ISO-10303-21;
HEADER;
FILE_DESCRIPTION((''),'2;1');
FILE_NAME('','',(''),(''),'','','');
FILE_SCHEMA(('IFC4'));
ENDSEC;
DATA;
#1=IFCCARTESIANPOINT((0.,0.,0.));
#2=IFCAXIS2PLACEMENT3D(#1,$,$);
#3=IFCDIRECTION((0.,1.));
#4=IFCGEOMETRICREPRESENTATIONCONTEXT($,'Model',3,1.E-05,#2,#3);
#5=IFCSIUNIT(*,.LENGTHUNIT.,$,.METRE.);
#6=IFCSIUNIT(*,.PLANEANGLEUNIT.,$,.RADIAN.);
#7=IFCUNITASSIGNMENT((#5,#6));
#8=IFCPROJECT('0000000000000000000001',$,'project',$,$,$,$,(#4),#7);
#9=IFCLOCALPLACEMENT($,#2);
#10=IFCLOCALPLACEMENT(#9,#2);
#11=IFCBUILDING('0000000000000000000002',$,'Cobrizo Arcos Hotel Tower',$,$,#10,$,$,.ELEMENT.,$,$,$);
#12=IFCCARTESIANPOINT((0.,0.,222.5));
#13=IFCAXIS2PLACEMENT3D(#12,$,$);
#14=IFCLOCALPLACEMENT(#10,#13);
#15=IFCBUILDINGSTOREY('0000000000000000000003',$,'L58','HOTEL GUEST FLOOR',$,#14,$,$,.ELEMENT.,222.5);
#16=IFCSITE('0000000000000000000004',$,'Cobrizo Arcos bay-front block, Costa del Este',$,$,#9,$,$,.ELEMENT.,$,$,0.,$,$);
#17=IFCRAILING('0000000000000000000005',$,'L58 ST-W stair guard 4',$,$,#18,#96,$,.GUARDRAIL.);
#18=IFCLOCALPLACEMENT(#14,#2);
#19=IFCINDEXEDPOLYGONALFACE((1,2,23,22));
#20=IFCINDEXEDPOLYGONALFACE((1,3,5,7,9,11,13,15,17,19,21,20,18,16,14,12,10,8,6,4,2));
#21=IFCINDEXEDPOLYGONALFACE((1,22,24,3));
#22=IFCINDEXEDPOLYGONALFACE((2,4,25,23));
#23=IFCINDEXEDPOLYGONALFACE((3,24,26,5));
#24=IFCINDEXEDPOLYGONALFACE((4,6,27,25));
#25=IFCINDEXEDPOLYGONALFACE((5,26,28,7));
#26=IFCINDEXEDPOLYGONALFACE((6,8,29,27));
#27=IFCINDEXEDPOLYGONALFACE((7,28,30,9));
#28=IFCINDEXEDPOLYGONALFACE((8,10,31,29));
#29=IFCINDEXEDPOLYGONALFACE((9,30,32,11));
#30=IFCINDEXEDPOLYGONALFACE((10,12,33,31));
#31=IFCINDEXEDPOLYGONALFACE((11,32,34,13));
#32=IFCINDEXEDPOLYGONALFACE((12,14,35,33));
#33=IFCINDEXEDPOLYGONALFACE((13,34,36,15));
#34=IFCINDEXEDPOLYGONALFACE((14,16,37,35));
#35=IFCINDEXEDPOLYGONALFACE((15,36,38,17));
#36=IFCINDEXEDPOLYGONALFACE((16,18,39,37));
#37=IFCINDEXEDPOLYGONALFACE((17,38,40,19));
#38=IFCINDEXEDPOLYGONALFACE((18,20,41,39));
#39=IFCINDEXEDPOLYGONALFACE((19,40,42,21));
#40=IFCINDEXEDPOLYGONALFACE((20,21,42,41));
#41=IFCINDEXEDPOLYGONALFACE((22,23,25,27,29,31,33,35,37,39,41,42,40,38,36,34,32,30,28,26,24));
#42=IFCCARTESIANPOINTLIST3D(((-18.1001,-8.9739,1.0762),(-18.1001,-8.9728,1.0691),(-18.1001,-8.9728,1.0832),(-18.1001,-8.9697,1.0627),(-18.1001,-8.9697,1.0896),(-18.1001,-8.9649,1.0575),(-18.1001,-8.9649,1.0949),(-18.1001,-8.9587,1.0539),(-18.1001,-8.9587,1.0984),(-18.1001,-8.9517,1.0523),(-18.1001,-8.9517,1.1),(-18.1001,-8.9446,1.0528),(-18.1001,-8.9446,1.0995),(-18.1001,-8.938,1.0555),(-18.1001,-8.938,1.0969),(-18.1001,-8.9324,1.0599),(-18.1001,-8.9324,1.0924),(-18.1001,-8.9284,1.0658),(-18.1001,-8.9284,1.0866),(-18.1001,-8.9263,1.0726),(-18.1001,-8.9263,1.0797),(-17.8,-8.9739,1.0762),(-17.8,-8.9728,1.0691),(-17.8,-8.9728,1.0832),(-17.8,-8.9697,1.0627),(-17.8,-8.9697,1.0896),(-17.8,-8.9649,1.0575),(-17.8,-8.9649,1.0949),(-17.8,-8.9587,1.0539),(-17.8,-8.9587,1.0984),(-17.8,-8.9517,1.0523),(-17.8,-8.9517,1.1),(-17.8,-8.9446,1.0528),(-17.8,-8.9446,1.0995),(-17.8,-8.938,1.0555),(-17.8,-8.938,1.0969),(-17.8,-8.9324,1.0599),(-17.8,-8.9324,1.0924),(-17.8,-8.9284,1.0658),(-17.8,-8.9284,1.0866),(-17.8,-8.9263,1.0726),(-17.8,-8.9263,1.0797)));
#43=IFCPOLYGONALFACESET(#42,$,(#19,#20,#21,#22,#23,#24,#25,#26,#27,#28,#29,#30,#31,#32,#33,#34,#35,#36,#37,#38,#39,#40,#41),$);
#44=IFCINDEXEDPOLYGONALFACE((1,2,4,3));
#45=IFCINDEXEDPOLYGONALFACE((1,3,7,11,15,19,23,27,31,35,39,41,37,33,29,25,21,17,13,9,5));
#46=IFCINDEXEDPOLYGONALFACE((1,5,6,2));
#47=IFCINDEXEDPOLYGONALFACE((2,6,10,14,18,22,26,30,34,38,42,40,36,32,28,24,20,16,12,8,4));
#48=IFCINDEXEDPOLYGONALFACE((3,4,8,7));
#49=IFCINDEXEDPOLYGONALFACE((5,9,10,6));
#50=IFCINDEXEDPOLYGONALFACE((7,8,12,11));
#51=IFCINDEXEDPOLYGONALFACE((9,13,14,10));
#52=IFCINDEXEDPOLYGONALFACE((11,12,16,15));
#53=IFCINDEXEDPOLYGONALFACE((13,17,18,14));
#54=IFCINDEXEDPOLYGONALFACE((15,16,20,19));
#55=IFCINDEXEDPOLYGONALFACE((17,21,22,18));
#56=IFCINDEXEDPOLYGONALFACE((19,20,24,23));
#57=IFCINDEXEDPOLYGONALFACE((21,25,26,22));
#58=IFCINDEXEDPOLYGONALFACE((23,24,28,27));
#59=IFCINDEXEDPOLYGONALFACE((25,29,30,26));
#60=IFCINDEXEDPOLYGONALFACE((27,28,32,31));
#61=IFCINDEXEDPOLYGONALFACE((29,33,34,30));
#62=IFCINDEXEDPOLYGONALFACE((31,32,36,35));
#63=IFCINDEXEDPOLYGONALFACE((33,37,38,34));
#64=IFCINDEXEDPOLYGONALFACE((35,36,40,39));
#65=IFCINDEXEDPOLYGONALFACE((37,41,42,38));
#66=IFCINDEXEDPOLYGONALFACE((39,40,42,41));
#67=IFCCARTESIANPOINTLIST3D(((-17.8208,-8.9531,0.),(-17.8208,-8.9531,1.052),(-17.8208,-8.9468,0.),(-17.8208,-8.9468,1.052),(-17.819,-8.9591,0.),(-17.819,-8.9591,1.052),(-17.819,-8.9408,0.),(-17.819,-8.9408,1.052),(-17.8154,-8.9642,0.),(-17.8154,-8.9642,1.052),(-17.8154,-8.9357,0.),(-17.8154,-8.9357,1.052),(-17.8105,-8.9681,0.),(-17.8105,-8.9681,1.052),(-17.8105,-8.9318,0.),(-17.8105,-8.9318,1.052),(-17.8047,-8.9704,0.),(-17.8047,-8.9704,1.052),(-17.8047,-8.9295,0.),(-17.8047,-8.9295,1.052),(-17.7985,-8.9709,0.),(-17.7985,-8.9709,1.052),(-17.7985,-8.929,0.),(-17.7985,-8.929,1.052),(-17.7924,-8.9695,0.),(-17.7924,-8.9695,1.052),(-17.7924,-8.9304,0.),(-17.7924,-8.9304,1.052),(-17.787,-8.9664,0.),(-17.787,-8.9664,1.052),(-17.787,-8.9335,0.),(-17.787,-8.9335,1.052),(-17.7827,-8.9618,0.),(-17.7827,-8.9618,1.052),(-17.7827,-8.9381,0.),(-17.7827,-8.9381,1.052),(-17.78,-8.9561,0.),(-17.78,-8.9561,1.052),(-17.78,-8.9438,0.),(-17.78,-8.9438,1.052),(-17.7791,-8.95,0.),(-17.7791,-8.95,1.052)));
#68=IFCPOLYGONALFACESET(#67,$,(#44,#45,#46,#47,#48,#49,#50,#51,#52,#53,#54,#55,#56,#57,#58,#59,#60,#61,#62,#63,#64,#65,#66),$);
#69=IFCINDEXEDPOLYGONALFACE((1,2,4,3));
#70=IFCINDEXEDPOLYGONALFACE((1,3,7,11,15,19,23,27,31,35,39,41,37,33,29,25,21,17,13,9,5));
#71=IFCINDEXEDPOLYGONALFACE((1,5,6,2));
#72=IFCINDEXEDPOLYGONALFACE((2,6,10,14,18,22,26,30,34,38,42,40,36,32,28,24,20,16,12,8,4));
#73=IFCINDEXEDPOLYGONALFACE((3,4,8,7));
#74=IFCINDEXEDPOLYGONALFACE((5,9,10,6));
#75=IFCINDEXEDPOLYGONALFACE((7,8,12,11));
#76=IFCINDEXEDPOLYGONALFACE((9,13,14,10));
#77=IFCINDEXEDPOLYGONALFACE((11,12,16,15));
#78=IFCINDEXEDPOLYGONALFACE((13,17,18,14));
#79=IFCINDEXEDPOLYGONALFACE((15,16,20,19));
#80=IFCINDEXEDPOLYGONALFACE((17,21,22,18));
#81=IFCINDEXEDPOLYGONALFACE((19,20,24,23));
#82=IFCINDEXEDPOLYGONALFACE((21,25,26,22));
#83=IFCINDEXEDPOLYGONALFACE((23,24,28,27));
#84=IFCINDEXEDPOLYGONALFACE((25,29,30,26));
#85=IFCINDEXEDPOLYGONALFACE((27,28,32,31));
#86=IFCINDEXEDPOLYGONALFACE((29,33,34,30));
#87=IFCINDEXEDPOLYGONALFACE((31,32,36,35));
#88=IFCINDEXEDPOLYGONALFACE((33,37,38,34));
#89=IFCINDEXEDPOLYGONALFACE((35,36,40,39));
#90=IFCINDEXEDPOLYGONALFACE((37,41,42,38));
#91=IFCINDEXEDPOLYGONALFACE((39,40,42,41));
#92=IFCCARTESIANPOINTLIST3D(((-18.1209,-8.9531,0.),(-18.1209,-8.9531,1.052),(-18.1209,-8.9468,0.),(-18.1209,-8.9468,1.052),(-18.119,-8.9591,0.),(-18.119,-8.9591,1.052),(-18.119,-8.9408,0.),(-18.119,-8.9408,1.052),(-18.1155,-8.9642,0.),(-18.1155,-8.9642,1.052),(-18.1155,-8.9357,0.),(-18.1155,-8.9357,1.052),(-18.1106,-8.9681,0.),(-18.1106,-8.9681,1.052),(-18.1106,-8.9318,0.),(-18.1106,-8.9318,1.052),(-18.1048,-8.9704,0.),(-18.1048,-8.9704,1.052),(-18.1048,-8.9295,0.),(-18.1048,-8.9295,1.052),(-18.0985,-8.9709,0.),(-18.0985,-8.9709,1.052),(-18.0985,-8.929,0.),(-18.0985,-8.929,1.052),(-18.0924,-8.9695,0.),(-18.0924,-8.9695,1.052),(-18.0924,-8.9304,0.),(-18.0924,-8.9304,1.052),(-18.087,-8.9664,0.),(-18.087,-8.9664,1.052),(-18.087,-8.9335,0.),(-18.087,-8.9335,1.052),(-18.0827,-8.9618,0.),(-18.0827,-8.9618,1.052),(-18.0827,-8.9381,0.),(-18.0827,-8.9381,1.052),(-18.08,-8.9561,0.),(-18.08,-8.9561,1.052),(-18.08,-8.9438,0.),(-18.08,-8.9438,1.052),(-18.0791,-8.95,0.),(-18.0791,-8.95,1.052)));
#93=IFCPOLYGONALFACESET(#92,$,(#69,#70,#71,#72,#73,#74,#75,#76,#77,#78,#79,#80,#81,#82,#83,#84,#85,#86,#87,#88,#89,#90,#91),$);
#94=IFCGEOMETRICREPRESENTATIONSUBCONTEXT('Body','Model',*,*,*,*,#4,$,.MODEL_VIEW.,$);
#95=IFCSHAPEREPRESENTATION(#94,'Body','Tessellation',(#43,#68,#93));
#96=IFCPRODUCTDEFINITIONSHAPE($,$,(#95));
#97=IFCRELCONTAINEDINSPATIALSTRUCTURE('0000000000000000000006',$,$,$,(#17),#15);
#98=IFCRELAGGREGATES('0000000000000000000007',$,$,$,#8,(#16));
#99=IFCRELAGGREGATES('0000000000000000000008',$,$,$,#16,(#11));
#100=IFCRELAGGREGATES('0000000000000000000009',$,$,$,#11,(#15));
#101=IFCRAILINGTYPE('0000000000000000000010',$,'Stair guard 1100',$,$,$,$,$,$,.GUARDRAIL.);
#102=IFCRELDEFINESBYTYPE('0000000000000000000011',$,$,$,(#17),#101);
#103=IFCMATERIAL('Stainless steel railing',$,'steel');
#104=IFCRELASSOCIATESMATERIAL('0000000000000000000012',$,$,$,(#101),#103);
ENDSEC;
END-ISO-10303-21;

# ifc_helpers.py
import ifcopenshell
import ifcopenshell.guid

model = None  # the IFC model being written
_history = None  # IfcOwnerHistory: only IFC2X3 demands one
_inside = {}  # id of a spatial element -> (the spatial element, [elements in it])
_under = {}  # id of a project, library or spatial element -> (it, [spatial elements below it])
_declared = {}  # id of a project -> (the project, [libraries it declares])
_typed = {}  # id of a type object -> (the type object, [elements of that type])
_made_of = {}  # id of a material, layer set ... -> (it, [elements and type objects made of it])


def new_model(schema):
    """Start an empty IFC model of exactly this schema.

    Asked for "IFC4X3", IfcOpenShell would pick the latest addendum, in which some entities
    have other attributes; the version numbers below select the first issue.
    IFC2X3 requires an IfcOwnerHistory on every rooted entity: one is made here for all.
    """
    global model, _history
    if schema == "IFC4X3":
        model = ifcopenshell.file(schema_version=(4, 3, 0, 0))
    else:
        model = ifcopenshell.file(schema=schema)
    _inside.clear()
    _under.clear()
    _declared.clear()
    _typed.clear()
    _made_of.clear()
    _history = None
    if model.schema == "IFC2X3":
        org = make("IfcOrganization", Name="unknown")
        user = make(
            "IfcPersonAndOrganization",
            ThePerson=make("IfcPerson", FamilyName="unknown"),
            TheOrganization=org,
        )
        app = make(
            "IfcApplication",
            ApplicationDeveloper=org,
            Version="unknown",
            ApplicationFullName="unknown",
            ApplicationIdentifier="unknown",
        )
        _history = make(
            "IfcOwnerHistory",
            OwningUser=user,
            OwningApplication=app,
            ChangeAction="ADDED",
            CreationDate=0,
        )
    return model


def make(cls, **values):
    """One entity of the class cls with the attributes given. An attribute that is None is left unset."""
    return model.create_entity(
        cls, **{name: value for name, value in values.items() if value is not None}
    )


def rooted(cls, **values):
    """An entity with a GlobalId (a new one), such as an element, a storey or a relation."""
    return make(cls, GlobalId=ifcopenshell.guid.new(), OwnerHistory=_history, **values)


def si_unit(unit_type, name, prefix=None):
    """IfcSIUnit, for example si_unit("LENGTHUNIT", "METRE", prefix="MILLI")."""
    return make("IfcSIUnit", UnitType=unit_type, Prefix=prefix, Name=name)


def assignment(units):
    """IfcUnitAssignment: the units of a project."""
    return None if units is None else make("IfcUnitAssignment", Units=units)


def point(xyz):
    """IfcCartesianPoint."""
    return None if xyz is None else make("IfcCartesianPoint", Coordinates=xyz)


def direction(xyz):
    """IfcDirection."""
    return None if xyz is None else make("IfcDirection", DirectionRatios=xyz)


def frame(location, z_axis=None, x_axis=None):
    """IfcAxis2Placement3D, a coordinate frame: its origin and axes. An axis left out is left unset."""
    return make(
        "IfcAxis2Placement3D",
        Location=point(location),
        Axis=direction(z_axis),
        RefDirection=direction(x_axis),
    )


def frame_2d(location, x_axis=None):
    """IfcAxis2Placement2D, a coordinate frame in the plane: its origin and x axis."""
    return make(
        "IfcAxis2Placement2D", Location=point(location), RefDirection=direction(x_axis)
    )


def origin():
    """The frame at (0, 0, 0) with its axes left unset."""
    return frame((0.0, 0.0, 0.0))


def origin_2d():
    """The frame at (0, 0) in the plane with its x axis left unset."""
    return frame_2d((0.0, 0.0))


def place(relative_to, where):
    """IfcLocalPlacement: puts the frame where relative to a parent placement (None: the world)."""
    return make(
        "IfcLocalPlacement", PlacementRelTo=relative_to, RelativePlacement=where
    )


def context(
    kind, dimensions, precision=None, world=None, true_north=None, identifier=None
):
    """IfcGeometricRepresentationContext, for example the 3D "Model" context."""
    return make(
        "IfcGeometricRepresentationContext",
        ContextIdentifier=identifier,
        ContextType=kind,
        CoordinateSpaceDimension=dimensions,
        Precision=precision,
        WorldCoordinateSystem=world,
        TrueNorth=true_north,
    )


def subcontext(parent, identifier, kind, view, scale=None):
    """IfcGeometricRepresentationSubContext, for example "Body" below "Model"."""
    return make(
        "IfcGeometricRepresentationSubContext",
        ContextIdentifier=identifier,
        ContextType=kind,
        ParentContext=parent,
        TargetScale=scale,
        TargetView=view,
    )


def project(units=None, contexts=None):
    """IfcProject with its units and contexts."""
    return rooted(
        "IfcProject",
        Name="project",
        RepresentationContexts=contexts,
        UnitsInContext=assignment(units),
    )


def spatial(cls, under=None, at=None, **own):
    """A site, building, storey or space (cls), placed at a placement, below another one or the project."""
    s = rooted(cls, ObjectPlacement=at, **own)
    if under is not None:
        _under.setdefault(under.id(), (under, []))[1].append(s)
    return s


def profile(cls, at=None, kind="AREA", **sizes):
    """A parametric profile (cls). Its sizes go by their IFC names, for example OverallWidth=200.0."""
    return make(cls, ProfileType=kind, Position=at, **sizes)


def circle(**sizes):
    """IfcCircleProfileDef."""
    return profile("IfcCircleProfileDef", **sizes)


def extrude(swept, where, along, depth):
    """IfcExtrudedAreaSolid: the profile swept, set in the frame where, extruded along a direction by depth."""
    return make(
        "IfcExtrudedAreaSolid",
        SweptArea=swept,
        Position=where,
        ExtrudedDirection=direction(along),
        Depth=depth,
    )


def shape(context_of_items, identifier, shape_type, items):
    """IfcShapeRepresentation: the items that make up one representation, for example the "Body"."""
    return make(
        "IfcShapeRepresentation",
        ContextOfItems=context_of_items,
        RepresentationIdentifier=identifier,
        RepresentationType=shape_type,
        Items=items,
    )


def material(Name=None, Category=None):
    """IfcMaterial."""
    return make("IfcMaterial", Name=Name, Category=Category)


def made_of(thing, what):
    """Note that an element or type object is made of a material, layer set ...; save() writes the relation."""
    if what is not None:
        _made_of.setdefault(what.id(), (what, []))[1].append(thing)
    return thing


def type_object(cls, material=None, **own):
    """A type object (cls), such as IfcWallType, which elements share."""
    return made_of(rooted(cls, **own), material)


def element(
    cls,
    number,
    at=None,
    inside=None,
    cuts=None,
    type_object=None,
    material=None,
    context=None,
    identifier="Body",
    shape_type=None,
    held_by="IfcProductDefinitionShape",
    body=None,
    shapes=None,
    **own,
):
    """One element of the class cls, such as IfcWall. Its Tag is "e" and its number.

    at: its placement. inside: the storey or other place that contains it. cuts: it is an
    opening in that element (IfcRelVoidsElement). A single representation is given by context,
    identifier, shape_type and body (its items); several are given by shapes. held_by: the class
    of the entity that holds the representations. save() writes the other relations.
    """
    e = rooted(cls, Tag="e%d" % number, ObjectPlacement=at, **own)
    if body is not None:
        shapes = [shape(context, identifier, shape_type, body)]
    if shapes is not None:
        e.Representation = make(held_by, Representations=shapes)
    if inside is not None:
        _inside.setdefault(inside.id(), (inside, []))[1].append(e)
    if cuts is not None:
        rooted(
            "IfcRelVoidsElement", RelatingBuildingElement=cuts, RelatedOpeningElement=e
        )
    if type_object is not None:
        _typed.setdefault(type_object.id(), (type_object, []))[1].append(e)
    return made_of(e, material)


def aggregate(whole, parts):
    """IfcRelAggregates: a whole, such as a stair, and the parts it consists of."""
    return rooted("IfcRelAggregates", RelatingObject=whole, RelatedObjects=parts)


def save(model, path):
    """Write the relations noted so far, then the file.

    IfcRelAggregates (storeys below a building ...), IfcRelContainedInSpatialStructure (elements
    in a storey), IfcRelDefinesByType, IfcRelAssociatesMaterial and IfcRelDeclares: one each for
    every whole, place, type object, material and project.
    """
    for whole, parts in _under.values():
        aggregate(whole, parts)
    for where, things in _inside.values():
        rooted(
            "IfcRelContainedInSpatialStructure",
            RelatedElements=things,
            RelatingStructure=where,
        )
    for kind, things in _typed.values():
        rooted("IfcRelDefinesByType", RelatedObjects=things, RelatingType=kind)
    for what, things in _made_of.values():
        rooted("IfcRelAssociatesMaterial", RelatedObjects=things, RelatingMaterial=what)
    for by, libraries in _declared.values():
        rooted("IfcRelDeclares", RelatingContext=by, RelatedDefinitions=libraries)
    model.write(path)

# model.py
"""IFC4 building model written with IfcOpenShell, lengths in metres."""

from ifc_helpers import new_model, si_unit, direction, frame, origin, origin_2d, place, context, subcontext, project, spatial, circle, extrude, material, type_object, element, save


model = new_model("IFC4")

# Units and contexts
model_context = context("Model", 3, precision=1e-05, world=origin(), true_north=direction((0.0, 1.0)))
body_context = subcontext(model_context, "Body", "Model", "MODEL_VIEW")
ifc_project = project(units=[si_unit("LENGTHUNIT", "METRE"), si_unit("PLANEANGLEUNIT", "RADIAN")], contexts=[model_context])

# Site, building, storey
site_placement = place(None, origin())
site = spatial("IfcSite", under=ifc_project, at=site_placement, Name="Cobrizo Arcos bay-front block, Costa del Este", CompositionType="ELEMENT", RefElevation=0.0)
building_placement = place(site_placement, origin())
building = spatial("IfcBuilding", under=site, at=building_placement, Name="Cobrizo Arcos Hotel Tower", CompositionType="ELEMENT")
storey_placement = place(building_placement, frame((0.0, 0.0, 222.5)))
storey = spatial("IfcBuildingStorey", under=building, at=storey_placement, Name="L58", Description="HOTEL GUEST FLOOR", CompositionType="ELEMENT", Elevation=222.5)

# Railing
ifc_material_1 = material(Name="Stainless steel railing", Category="steel")
railing_type_1 = type_object("IfcRailingType", Name="Stair guard 1100", PredefinedType="GUARDRAIL", material=ifc_material_1)
railing_1_placement = place(storey_placement, frame((-17.8, -8.95, 0.0)))
element("IfcRailing", 1, at=railing_1_placement, inside=storey, type_object=railing_type_1, Name="L58 ST-W stair guard 4", PredefinedType="GUARDRAIL", context=body_context, shape_type="SweptSolid", body=[
    extrude(circle(Radius=0.0239, at=origin_2d()), frame((0.0, 0.0, 1.0762), z_axis=(-1.0, 0.0, 0.0), x_axis=(0.0, -1.0, 0.0)), (0.0, 0.0, 1.0), 0.3),
    extrude(circle(Radius=0.021, at=origin_2d()), origin(), (0.0, 0.0, 1.0), 1.052),
    extrude(circle(Radius=0.021, at=origin_2d()), frame((-0.3, 0.0, 0.0)), (0.0, 0.0, 1.0), 1.052),
])

save(model, "model.ifc")
